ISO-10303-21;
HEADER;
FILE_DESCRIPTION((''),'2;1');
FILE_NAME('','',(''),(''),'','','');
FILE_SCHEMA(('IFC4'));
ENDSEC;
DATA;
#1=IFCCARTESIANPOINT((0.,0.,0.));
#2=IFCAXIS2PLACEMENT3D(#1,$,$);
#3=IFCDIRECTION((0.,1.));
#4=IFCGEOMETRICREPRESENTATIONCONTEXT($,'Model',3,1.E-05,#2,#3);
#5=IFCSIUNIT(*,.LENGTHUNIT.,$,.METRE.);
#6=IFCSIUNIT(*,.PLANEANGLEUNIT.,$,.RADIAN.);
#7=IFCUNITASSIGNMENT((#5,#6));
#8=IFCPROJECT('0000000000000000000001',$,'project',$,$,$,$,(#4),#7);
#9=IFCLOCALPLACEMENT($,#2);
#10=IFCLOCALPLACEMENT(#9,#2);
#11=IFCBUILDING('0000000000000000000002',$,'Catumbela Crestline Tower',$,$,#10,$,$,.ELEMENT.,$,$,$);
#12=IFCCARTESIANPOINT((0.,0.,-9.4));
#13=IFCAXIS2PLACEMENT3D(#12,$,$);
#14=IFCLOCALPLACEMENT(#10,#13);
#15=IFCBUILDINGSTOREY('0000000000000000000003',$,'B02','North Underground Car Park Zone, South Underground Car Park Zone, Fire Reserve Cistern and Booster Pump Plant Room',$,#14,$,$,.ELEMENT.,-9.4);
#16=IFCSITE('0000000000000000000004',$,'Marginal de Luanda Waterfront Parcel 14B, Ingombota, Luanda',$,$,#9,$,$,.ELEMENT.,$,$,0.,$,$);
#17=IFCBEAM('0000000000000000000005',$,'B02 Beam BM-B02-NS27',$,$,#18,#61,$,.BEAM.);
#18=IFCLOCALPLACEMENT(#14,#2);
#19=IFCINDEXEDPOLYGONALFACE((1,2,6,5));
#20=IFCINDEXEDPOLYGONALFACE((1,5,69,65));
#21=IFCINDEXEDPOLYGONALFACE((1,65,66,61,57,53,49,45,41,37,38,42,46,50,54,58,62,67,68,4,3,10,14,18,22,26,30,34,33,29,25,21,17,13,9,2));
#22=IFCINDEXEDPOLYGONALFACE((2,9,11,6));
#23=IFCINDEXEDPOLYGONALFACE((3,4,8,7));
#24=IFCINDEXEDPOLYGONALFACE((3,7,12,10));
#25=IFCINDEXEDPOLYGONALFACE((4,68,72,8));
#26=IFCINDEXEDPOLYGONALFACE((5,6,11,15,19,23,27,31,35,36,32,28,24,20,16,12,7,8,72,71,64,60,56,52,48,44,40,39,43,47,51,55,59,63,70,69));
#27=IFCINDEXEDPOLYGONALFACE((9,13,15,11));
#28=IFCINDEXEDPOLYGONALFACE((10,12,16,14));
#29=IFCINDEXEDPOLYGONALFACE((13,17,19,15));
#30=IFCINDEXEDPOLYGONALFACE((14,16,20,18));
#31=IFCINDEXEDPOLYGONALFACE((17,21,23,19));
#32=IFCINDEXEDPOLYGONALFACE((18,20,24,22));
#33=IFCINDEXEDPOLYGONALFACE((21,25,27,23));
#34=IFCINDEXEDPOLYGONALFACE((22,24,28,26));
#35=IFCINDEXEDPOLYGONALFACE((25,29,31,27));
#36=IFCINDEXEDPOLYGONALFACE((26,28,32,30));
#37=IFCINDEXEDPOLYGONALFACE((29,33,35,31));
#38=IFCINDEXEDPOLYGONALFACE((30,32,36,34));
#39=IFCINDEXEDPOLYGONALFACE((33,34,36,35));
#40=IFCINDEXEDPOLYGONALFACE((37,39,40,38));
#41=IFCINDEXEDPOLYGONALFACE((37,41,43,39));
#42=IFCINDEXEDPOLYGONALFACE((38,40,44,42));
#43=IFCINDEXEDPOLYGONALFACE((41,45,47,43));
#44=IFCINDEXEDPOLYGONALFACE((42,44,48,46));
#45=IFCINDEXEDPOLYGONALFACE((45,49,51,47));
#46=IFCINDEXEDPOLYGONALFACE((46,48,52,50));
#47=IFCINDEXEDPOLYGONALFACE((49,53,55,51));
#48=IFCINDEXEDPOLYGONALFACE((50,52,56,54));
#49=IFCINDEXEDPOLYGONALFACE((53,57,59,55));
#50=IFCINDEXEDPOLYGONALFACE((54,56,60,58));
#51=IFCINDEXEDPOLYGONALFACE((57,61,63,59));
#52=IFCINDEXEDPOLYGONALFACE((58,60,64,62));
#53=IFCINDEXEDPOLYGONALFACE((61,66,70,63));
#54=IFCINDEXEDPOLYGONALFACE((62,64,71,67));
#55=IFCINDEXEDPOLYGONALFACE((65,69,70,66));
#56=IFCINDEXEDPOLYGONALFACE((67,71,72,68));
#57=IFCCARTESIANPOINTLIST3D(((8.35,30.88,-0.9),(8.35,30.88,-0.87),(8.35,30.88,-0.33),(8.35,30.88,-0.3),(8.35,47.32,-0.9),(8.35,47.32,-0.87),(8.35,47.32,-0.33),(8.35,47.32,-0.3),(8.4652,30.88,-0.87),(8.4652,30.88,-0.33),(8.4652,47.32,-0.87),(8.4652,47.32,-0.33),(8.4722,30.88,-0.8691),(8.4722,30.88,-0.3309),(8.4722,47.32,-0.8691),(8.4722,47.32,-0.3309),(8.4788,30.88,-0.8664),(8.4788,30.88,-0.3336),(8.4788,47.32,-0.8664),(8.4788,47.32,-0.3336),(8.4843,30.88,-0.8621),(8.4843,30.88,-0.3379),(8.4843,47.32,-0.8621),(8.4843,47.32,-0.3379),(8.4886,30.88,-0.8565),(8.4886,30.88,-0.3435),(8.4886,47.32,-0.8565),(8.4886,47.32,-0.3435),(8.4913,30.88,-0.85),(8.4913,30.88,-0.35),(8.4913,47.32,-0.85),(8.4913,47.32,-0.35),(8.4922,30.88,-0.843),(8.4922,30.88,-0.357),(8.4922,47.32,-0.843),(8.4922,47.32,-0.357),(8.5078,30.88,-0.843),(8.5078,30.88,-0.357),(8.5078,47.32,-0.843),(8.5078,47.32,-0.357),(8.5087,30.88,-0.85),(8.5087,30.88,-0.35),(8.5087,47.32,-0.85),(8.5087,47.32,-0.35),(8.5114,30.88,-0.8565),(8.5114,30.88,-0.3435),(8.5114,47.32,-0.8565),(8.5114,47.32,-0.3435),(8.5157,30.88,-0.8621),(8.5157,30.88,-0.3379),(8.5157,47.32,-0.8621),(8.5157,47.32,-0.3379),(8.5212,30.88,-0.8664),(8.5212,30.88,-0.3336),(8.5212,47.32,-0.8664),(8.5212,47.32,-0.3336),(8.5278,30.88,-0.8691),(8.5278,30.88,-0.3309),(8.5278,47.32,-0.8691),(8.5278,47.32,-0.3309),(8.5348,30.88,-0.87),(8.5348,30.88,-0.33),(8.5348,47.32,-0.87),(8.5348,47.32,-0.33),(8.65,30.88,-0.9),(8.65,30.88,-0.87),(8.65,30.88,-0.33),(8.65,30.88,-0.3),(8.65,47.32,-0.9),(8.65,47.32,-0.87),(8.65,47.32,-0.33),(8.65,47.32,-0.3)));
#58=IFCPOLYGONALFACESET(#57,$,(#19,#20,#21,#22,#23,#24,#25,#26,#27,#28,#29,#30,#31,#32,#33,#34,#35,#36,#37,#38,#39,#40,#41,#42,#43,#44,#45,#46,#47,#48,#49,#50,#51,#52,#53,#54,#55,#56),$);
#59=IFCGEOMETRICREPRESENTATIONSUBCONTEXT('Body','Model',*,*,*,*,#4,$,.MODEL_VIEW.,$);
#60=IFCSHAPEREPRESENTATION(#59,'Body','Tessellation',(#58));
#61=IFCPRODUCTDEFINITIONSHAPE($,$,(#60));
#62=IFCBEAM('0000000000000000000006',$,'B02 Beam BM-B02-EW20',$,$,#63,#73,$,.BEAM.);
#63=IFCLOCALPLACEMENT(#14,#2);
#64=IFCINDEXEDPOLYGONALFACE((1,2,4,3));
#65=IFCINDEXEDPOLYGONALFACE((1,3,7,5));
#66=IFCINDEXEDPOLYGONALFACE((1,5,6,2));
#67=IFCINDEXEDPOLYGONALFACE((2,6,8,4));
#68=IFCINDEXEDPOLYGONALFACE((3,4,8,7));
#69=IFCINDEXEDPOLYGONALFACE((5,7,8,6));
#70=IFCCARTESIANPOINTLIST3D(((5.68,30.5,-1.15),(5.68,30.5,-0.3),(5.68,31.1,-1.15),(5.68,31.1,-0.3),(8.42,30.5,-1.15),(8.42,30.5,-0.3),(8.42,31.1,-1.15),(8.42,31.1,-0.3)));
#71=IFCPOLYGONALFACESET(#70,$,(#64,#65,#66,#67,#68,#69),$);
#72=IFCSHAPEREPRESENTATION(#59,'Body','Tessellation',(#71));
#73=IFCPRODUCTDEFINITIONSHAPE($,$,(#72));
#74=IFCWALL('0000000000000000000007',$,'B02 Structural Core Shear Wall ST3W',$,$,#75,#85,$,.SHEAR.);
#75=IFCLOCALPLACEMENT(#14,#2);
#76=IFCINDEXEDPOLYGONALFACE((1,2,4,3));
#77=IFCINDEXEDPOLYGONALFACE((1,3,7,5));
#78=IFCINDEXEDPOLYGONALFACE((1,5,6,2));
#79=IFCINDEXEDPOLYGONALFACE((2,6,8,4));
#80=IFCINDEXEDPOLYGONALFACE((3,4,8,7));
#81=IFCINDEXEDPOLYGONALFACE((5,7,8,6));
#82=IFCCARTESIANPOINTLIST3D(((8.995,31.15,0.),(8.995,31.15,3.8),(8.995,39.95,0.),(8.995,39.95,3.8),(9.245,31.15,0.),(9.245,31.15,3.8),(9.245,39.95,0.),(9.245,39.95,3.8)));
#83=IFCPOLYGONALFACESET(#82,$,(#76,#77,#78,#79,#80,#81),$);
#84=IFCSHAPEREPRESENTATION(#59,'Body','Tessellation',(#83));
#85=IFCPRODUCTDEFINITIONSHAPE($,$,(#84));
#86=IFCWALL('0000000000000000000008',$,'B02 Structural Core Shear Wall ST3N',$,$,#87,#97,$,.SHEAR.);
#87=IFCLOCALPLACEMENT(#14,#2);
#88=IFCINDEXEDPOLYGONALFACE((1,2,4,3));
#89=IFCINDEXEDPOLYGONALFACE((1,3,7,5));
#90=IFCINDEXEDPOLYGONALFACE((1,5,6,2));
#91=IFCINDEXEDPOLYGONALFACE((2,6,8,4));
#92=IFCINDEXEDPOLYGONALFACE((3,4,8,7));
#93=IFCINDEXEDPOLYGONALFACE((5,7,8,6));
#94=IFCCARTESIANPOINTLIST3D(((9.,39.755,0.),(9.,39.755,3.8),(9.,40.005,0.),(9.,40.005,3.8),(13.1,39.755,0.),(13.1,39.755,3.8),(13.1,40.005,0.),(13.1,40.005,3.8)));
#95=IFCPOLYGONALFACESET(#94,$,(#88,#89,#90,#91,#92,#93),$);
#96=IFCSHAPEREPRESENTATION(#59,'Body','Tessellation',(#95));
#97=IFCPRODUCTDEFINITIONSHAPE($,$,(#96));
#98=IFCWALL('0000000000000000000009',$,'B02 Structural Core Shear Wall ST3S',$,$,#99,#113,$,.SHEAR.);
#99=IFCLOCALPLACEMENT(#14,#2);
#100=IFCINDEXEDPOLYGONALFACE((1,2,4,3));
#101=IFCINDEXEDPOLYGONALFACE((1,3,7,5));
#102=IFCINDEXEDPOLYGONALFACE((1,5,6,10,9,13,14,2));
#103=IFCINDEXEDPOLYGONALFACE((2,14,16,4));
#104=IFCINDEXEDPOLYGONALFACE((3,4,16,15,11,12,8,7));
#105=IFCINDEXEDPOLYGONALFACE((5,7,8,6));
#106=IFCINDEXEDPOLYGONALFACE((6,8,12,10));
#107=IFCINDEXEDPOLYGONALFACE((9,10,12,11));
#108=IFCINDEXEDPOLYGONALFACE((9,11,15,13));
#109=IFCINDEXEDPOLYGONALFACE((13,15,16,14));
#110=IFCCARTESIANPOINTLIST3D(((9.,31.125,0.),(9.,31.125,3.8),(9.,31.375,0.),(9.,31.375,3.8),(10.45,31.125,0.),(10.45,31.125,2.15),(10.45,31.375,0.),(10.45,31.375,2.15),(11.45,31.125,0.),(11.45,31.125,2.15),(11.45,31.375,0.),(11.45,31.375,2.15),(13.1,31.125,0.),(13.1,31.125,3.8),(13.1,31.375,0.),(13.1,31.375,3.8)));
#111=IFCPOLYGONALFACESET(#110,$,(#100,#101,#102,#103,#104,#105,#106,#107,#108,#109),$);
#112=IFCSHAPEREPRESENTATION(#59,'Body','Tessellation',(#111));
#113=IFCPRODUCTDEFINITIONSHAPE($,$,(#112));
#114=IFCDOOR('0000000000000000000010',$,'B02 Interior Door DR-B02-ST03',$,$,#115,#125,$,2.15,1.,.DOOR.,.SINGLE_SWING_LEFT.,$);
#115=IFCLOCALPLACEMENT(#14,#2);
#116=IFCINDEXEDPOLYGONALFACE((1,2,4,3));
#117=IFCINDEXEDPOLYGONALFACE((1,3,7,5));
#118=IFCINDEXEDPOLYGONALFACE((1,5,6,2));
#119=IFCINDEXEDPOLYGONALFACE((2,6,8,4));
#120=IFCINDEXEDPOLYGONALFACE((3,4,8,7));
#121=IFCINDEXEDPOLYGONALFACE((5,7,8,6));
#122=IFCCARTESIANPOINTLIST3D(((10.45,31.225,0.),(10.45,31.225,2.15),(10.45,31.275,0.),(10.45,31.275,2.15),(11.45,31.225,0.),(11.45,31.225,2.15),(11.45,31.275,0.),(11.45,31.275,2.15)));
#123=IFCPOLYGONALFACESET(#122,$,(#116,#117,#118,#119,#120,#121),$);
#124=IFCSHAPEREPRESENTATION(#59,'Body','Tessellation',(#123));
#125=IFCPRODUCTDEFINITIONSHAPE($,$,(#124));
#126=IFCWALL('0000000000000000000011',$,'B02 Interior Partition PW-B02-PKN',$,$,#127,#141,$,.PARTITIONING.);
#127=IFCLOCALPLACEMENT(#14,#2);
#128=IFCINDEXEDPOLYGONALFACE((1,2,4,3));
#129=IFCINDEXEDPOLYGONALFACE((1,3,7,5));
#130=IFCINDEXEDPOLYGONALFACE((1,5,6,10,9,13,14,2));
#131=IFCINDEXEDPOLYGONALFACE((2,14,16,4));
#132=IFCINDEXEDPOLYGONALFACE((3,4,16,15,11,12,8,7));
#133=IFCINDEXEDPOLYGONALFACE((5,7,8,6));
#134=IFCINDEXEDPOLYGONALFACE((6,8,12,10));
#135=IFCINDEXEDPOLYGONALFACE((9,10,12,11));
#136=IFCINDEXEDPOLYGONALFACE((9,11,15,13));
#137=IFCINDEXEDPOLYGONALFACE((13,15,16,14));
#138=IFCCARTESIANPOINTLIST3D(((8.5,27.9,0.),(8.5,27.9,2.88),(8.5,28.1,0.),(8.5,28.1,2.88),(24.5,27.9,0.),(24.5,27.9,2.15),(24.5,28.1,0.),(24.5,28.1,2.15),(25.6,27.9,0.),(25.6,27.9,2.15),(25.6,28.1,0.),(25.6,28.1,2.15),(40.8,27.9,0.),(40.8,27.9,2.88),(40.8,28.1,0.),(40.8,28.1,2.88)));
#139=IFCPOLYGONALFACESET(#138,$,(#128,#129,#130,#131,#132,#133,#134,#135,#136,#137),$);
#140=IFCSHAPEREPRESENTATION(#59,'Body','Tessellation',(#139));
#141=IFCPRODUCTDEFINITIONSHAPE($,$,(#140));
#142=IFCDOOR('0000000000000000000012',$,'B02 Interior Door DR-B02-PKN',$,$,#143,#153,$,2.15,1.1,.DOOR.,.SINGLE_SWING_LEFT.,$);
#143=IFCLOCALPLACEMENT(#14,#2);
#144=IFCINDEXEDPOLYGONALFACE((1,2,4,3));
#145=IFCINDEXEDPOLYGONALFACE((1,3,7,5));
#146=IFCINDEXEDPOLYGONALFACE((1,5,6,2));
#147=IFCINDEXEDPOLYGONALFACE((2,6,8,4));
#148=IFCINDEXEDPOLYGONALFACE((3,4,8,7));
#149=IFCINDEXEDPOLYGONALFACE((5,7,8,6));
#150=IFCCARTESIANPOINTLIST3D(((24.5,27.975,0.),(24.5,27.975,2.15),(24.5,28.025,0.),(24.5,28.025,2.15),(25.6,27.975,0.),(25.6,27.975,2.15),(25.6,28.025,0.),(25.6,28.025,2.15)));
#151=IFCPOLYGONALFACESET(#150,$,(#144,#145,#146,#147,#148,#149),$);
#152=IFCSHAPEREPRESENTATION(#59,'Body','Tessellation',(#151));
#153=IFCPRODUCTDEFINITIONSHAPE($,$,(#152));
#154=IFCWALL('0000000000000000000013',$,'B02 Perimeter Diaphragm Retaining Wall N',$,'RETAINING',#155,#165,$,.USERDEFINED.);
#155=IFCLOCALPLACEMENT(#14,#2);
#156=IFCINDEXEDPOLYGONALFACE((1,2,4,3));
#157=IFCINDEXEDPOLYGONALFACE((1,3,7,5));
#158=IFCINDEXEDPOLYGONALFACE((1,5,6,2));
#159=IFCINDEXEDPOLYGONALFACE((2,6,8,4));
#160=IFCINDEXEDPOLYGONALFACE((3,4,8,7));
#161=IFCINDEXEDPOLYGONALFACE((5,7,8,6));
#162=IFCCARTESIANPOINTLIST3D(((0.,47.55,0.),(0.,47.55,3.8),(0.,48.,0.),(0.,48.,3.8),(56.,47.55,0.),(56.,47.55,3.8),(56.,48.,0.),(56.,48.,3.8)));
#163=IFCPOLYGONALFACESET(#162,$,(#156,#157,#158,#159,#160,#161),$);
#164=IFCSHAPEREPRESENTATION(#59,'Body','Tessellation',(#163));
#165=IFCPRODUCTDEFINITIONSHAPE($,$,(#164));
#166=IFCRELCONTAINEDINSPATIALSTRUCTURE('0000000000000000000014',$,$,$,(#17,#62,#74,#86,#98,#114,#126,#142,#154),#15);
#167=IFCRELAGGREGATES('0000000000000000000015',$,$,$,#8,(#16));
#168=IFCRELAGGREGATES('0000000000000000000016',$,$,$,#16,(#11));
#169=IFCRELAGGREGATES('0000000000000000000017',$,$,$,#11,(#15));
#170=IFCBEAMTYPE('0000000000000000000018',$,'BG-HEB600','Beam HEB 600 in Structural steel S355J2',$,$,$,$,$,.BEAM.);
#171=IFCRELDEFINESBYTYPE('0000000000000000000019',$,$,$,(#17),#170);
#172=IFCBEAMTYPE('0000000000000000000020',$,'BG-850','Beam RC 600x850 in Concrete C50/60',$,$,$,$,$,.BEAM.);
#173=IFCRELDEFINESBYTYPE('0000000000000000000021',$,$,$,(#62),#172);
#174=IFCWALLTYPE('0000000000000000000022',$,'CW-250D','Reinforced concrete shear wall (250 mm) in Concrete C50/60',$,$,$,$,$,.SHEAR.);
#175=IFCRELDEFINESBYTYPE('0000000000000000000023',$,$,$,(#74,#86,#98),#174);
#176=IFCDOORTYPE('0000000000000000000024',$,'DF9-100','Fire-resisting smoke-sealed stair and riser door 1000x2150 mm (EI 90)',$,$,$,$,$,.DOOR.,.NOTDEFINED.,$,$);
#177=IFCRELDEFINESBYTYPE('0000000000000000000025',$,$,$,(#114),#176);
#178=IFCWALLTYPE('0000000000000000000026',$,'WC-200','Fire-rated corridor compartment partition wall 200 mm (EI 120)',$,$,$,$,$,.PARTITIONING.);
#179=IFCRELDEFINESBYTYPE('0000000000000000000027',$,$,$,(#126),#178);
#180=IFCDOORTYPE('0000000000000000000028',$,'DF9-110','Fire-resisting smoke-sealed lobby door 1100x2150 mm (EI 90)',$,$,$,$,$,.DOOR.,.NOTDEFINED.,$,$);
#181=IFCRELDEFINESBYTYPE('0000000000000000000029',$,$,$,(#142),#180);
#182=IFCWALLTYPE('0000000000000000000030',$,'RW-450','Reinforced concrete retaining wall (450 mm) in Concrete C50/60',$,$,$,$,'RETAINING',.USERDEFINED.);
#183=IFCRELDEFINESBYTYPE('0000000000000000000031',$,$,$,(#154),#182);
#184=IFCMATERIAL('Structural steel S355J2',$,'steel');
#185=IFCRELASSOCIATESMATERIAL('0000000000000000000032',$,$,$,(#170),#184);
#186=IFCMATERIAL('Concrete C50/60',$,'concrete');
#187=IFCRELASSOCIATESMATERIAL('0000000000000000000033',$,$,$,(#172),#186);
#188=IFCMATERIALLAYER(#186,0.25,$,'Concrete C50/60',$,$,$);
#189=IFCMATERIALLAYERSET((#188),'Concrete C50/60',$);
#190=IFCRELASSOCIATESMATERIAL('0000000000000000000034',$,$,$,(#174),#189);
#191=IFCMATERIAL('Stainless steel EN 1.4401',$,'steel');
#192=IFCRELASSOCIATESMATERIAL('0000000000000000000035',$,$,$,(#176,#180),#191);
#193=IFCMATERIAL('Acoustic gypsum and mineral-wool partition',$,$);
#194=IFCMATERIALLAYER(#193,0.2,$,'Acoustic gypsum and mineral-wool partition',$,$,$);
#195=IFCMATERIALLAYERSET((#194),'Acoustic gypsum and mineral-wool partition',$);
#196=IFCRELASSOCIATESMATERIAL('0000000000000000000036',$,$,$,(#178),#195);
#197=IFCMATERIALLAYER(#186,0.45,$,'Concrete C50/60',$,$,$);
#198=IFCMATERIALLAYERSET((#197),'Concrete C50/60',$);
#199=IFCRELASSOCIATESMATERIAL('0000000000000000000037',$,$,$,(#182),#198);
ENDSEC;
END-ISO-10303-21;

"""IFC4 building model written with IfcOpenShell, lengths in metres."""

from ifc_helpers import new_model, si_unit, direction, frame, frame_2d, origin, origin_2d, place, context, subcontext, project, spatial, rectangle, i_section, extrude, material, layer, layer_set, material_profile, profile_set, type_object, element, fill, save


model = new_model("IFC4")

# Units and contexts
model_context = context("Model", 3, precision=1e-05, world=origin(), true_north=direction((0.0, 1.0)))
body_context = subcontext(model_context, "Body", "Model", "MODEL_VIEW")
ifc_project = project(units=[si_unit("LENGTHUNIT", "METRE"), si_unit("PLANEANGLEUNIT", "RADIAN")], contexts=[model_context])

# Site, building, storey
site_placement = place(None, origin())
site = spatial("IfcSite", under=ifc_project, at=site_placement, Name="Marginal de Luanda Waterfront Parcel 14B, Ingombota, Luanda", CompositionType="ELEMENT", RefElevation=0.0)
building_placement = place(site_placement, origin())
building = spatial("IfcBuilding", under=site, at=building_placement, Name="Catumbela Crestline Tower", CompositionType="ELEMENT")
storey_placement = place(building_placement, frame((0.0, 0.0, -9.4)))
storey = spatial("IfcBuildingStorey", under=building, at=storey_placement, Name="B02", Description="North Underground Car Park Zone, South Underground Car Park Zone, Fire Reserve Cistern and Booster Pump Plant Room", CompositionType="ELEMENT", Elevation=-9.4)

# Shared definitions
ifc_material_1 = material(Name="Concrete C50/60", Category="concrete")

# Beams
ifc_material_2 = material(Name="Structural steel S355J2", Category="steel")
ifc_material_profile_1 = material_profile(ifc_material_2, i_section(OverallWidth=0.3, OverallDepth=0.6, WebThickness=0.0155, FlangeThickness=0.03, FilletRadius=0.027, at=origin_2d()), Name="HEB 600")
ifc_profile_set_1 = profile_set([ifc_material_profile_1], Name="Structural steel S355J2")
beam_type_1 = type_object("IfcBeamType", Name="BG-HEB600", Description="Beam HEB 600 in Structural steel S355J2", PredefinedType="BEAM", material=ifc_profile_set_1)
beam_1_placement = place(storey_placement, frame((8.5, 30.88, -0.6), z_axis=(0.0, 1.0, 0.0), x_axis=(-1.0, 0.0, 0.0)))
element("IfcBeam", 1, at=beam_1_placement, inside=storey, type_object=beam_type_1, Name="B02 Beam BM-B02-NS27", PredefinedType="BEAM", context=body_context, shape_type="SweptSolid", body=[
    extrude(i_section(OverallWidth=0.3, OverallDepth=0.6, WebThickness=0.0155, FlangeThickness=0.03, FilletRadius=0.027, at=origin_2d()), origin(), (0.0, 0.0, 1.0), 16.44),
])
ifc_material_profile_2 = material_profile(ifc_material_1, rectangle(XDim=0.6, YDim=0.85, at=origin_2d()), Name="RC 600x850")
ifc_profile_set_2 = profile_set([ifc_material_profile_2], Name="Concrete C50/60")
beam_type_2 = type_object("IfcBeamType", Name="BG-850", Description="Beam RC 600x850 in Concrete C50/60", PredefinedType="BEAM", material=ifc_profile_set_2)
beam_2_placement = place(storey_placement, frame((5.68, 30.8, -0.725), z_axis=(1.0, 0.0, 0.0), x_axis=(0.0, 1.0, 0.0)))
element("IfcBeam", 2, at=beam_2_placement, inside=storey, type_object=beam_type_2, Name="B02 Beam BM-B02-EW20", PredefinedType="BEAM", context=body_context, shape_type="SweptSolid", body=[
    extrude(rectangle(XDim=0.6, YDim=0.85, at=origin_2d()), origin(), (0.0, 0.0, 1.0), 2.74),
])

# Walls
ifc_layer_1 = layer(ifc_material_1, 0.25, Name="Concrete C50/60")
ifc_layer_set_1 = layer_set([ifc_layer_1], Name="Concrete C50/60")
wall_type_1 = type_object("IfcWallType", Name="CW-250D", Description="Reinforced concrete shear wall (250 mm) in Concrete C50/60", PredefinedType="SHEAR", material=ifc_layer_set_1)
wall_1_placement = place(storey_placement, frame((9.12, 31.15, 0.0), z_axis=(0.0, 0.0, 1.0), x_axis=(0.0, 1.0, 0.0)))
element("IfcWall", 3, at=wall_1_placement, inside=storey, type_object=wall_type_1, Name="B02 Structural Core Shear Wall ST3W", PredefinedType="SHEAR", context=body_context, shape_type="SweptSolid", body=[
    extrude(rectangle(XDim=8.8, YDim=0.25, at=frame_2d((4.4, 0.0))), origin(), (0.0, 0.0, 1.0), 3.8),
])
wall_2_placement = place(storey_placement, frame((9.0, 39.88, 0.0), z_axis=(0.0, 0.0, 1.0), x_axis=(1.0, 0.0, 0.0)))
element("IfcWall", 4, at=wall_2_placement, inside=storey, type_object=wall_type_1, Name="B02 Structural Core Shear Wall ST3N", PredefinedType="SHEAR", context=body_context, shape_type="SweptSolid", body=[
    extrude(rectangle(XDim=4.1, YDim=0.25, at=frame_2d((2.05, 0.0))), origin(), (0.0, 0.0, 1.0), 3.8),
])

# Walls, openings, doors
wall_3_placement = place(storey_placement, frame((9.0, 31.25, 0.0), z_axis=(0.0, 0.0, 1.0), x_axis=(1.0, 0.0, 0.0)))
wall_3 = element("IfcWall", 5, at=wall_3_placement, inside=storey, type_object=wall_type_1, Name="B02 Structural Core Shear Wall ST3S", PredefinedType="SHEAR", context=body_context, shape_type="SweptSolid", body=[
    extrude(rectangle(XDim=4.1, YDim=0.25, at=frame_2d((2.05, 0.0))), origin(), (0.0, 0.0, 1.0), 3.8),
])
opening_1_placement = place(wall_3_placement, frame((1.45, 0.0, 0.0)))
opening_1 = element("IfcOpeningElement", 6, at=opening_1_placement, cuts=wall_3, PredefinedType="OPENING", context=body_context, shape_type="SweptSolid", body=[
    extrude(rectangle(XDim=1.0, YDim=2.15, at=frame_2d((0.5, 1.075))), frame((0.0, 0.135, 0.0), z_axis=(0.0, -1.0, 0.0), x_axis=(1.0, 0.0, 0.0)), (0.0, 0.0, 1.0), 0.27),
])
ifc_material_3 = material(Name="Stainless steel EN 1.4401", Category="steel")
door_type_1 = type_object("IfcDoorType", Name="DF9-100", Description="Fire-resisting smoke-sealed stair and riser door 1000x2150 mm (EI 90)", OperationType="NOTDEFINED", PredefinedType="DOOR", material=ifc_material_3)
door_1_placement = place(opening_1_placement, origin())
door_1 = element("IfcDoor", 7, at=door_1_placement, inside=storey, type_object=door_type_1, Name="B02 Interior Door DR-B02-ST03", OperationType="SINGLE_SWING_LEFT", OverallHeight=2.15, OverallWidth=1.0, PredefinedType="DOOR", context=body_context, shape_type="SweptSolid", body=[
    extrude(rectangle(XDim=1.0, YDim=2.15, at=frame_2d((0.5, 1.075))), frame((0.0, 0.025, 0.0), z_axis=(0.0, -1.0, 0.0), x_axis=(1.0, 0.0, 0.0)), (0.0, 0.0, 1.0), 0.05),
])
fill(opening_1, door_1)
ifc_material_4 = material(Name="Acoustic gypsum and mineral-wool partition")
ifc_layer_2 = layer(ifc_material_4, 0.2, Name="Acoustic gypsum and mineral-wool partition")
ifc_layer_set_2 = layer_set([ifc_layer_2], Name="Acoustic gypsum and mineral-wool partition")
wall_type_2 = type_object("IfcWallType", Name="WC-200", Description="Fire-rated corridor compartment partition wall 200 mm (EI 120)", PredefinedType="PARTITIONING", material=ifc_layer_set_2)
wall_4_placement = place(storey_placement, frame((8.5, 28.0, 0.0), z_axis=(0.0, 0.0, 1.0), x_axis=(1.0, 0.0, 0.0)))
wall_4 = element("IfcWall", 8, at=wall_4_placement, inside=storey, type_object=wall_type_2, Name="B02 Interior Partition PW-B02-PKN", PredefinedType="PARTITIONING", context=body_context, shape_type="SweptSolid", body=[
    extrude(rectangle(XDim=32.3, YDim=0.2, at=frame_2d((16.15, 0.0))), origin(), (0.0, 0.0, 1.0), 2.88),
])
opening_2_placement = place(wall_4_placement, frame((16.0, 0.0, 0.0)))
opening_2 = element("IfcOpeningElement", 9, at=opening_2_placement, cuts=wall_4, PredefinedType="OPENING", context=body_context, shape_type="SweptSolid", body=[
    extrude(rectangle(XDim=1.1, YDim=2.15, at=frame_2d((0.55, 1.075))), frame((0.0, 0.11, 0.0), z_axis=(0.0, -1.0, 0.0), x_axis=(1.0, 0.0, 0.0)), (0.0, 0.0, 1.0), 0.22),
])
door_type_2 = type_object("IfcDoorType", Name="DF9-110", Description="Fire-resisting smoke-sealed lobby door 1100x2150 mm (EI 90)", OperationType="NOTDEFINED", PredefinedType="DOOR", material=ifc_material_3)
door_2_placement = place(opening_2_placement, origin())
door_2 = element("IfcDoor", 10, at=door_2_placement, inside=storey, type_object=door_type_2, Name="B02 Interior Door DR-B02-PKN", OperationType="SINGLE_SWING_LEFT", OverallHeight=2.15, OverallWidth=1.1, PredefinedType="DOOR", context=body_context, shape_type="SweptSolid", body=[
    extrude(rectangle(XDim=1.1, YDim=2.15, at=frame_2d((0.55, 1.075))), frame((0.0, 0.025, 0.0), z_axis=(0.0, -1.0, 0.0), x_axis=(1.0, 0.0, 0.0)), (0.0, 0.0, 1.0), 0.05),
])
fill(opening_2, door_2)

# Wall
ifc_layer_3 = layer(ifc_material_1, 0.45, Name="Concrete C50/60")
ifc_layer_set_3 = layer_set([ifc_layer_3], Name="Concrete C50/60")
wall_type_3 = type_object("IfcWallType", Name="RW-450", Description="Reinforced concrete retaining wall (450 mm) in Concrete C50/60", ElementType="RETAINING", PredefinedType="USERDEFINED", material=ifc_layer_set_3)
wall_5_placement = place(storey_placement, frame((0.0, 47.775, 0.0), z_axis=(0.0, 0.0, 1.0), x_axis=(1.0, 0.0, 0.0)))
element("IfcWall", 11, at=wall_5_placement, inside=storey, type_object=wall_type_3, Name="B02 Perimeter Diaphragm Retaining Wall N", ObjectType="RETAINING", PredefinedType="USERDEFINED", context=body_context, shape_type="SweptSolid", body=[
    extrude(rectangle(XDim=56.0, YDim=0.45, at=frame_2d((28.0, 0.0))), origin(), (0.0, 0.0, 1.0), 3.8),
])

save(model, "model.ifc")
